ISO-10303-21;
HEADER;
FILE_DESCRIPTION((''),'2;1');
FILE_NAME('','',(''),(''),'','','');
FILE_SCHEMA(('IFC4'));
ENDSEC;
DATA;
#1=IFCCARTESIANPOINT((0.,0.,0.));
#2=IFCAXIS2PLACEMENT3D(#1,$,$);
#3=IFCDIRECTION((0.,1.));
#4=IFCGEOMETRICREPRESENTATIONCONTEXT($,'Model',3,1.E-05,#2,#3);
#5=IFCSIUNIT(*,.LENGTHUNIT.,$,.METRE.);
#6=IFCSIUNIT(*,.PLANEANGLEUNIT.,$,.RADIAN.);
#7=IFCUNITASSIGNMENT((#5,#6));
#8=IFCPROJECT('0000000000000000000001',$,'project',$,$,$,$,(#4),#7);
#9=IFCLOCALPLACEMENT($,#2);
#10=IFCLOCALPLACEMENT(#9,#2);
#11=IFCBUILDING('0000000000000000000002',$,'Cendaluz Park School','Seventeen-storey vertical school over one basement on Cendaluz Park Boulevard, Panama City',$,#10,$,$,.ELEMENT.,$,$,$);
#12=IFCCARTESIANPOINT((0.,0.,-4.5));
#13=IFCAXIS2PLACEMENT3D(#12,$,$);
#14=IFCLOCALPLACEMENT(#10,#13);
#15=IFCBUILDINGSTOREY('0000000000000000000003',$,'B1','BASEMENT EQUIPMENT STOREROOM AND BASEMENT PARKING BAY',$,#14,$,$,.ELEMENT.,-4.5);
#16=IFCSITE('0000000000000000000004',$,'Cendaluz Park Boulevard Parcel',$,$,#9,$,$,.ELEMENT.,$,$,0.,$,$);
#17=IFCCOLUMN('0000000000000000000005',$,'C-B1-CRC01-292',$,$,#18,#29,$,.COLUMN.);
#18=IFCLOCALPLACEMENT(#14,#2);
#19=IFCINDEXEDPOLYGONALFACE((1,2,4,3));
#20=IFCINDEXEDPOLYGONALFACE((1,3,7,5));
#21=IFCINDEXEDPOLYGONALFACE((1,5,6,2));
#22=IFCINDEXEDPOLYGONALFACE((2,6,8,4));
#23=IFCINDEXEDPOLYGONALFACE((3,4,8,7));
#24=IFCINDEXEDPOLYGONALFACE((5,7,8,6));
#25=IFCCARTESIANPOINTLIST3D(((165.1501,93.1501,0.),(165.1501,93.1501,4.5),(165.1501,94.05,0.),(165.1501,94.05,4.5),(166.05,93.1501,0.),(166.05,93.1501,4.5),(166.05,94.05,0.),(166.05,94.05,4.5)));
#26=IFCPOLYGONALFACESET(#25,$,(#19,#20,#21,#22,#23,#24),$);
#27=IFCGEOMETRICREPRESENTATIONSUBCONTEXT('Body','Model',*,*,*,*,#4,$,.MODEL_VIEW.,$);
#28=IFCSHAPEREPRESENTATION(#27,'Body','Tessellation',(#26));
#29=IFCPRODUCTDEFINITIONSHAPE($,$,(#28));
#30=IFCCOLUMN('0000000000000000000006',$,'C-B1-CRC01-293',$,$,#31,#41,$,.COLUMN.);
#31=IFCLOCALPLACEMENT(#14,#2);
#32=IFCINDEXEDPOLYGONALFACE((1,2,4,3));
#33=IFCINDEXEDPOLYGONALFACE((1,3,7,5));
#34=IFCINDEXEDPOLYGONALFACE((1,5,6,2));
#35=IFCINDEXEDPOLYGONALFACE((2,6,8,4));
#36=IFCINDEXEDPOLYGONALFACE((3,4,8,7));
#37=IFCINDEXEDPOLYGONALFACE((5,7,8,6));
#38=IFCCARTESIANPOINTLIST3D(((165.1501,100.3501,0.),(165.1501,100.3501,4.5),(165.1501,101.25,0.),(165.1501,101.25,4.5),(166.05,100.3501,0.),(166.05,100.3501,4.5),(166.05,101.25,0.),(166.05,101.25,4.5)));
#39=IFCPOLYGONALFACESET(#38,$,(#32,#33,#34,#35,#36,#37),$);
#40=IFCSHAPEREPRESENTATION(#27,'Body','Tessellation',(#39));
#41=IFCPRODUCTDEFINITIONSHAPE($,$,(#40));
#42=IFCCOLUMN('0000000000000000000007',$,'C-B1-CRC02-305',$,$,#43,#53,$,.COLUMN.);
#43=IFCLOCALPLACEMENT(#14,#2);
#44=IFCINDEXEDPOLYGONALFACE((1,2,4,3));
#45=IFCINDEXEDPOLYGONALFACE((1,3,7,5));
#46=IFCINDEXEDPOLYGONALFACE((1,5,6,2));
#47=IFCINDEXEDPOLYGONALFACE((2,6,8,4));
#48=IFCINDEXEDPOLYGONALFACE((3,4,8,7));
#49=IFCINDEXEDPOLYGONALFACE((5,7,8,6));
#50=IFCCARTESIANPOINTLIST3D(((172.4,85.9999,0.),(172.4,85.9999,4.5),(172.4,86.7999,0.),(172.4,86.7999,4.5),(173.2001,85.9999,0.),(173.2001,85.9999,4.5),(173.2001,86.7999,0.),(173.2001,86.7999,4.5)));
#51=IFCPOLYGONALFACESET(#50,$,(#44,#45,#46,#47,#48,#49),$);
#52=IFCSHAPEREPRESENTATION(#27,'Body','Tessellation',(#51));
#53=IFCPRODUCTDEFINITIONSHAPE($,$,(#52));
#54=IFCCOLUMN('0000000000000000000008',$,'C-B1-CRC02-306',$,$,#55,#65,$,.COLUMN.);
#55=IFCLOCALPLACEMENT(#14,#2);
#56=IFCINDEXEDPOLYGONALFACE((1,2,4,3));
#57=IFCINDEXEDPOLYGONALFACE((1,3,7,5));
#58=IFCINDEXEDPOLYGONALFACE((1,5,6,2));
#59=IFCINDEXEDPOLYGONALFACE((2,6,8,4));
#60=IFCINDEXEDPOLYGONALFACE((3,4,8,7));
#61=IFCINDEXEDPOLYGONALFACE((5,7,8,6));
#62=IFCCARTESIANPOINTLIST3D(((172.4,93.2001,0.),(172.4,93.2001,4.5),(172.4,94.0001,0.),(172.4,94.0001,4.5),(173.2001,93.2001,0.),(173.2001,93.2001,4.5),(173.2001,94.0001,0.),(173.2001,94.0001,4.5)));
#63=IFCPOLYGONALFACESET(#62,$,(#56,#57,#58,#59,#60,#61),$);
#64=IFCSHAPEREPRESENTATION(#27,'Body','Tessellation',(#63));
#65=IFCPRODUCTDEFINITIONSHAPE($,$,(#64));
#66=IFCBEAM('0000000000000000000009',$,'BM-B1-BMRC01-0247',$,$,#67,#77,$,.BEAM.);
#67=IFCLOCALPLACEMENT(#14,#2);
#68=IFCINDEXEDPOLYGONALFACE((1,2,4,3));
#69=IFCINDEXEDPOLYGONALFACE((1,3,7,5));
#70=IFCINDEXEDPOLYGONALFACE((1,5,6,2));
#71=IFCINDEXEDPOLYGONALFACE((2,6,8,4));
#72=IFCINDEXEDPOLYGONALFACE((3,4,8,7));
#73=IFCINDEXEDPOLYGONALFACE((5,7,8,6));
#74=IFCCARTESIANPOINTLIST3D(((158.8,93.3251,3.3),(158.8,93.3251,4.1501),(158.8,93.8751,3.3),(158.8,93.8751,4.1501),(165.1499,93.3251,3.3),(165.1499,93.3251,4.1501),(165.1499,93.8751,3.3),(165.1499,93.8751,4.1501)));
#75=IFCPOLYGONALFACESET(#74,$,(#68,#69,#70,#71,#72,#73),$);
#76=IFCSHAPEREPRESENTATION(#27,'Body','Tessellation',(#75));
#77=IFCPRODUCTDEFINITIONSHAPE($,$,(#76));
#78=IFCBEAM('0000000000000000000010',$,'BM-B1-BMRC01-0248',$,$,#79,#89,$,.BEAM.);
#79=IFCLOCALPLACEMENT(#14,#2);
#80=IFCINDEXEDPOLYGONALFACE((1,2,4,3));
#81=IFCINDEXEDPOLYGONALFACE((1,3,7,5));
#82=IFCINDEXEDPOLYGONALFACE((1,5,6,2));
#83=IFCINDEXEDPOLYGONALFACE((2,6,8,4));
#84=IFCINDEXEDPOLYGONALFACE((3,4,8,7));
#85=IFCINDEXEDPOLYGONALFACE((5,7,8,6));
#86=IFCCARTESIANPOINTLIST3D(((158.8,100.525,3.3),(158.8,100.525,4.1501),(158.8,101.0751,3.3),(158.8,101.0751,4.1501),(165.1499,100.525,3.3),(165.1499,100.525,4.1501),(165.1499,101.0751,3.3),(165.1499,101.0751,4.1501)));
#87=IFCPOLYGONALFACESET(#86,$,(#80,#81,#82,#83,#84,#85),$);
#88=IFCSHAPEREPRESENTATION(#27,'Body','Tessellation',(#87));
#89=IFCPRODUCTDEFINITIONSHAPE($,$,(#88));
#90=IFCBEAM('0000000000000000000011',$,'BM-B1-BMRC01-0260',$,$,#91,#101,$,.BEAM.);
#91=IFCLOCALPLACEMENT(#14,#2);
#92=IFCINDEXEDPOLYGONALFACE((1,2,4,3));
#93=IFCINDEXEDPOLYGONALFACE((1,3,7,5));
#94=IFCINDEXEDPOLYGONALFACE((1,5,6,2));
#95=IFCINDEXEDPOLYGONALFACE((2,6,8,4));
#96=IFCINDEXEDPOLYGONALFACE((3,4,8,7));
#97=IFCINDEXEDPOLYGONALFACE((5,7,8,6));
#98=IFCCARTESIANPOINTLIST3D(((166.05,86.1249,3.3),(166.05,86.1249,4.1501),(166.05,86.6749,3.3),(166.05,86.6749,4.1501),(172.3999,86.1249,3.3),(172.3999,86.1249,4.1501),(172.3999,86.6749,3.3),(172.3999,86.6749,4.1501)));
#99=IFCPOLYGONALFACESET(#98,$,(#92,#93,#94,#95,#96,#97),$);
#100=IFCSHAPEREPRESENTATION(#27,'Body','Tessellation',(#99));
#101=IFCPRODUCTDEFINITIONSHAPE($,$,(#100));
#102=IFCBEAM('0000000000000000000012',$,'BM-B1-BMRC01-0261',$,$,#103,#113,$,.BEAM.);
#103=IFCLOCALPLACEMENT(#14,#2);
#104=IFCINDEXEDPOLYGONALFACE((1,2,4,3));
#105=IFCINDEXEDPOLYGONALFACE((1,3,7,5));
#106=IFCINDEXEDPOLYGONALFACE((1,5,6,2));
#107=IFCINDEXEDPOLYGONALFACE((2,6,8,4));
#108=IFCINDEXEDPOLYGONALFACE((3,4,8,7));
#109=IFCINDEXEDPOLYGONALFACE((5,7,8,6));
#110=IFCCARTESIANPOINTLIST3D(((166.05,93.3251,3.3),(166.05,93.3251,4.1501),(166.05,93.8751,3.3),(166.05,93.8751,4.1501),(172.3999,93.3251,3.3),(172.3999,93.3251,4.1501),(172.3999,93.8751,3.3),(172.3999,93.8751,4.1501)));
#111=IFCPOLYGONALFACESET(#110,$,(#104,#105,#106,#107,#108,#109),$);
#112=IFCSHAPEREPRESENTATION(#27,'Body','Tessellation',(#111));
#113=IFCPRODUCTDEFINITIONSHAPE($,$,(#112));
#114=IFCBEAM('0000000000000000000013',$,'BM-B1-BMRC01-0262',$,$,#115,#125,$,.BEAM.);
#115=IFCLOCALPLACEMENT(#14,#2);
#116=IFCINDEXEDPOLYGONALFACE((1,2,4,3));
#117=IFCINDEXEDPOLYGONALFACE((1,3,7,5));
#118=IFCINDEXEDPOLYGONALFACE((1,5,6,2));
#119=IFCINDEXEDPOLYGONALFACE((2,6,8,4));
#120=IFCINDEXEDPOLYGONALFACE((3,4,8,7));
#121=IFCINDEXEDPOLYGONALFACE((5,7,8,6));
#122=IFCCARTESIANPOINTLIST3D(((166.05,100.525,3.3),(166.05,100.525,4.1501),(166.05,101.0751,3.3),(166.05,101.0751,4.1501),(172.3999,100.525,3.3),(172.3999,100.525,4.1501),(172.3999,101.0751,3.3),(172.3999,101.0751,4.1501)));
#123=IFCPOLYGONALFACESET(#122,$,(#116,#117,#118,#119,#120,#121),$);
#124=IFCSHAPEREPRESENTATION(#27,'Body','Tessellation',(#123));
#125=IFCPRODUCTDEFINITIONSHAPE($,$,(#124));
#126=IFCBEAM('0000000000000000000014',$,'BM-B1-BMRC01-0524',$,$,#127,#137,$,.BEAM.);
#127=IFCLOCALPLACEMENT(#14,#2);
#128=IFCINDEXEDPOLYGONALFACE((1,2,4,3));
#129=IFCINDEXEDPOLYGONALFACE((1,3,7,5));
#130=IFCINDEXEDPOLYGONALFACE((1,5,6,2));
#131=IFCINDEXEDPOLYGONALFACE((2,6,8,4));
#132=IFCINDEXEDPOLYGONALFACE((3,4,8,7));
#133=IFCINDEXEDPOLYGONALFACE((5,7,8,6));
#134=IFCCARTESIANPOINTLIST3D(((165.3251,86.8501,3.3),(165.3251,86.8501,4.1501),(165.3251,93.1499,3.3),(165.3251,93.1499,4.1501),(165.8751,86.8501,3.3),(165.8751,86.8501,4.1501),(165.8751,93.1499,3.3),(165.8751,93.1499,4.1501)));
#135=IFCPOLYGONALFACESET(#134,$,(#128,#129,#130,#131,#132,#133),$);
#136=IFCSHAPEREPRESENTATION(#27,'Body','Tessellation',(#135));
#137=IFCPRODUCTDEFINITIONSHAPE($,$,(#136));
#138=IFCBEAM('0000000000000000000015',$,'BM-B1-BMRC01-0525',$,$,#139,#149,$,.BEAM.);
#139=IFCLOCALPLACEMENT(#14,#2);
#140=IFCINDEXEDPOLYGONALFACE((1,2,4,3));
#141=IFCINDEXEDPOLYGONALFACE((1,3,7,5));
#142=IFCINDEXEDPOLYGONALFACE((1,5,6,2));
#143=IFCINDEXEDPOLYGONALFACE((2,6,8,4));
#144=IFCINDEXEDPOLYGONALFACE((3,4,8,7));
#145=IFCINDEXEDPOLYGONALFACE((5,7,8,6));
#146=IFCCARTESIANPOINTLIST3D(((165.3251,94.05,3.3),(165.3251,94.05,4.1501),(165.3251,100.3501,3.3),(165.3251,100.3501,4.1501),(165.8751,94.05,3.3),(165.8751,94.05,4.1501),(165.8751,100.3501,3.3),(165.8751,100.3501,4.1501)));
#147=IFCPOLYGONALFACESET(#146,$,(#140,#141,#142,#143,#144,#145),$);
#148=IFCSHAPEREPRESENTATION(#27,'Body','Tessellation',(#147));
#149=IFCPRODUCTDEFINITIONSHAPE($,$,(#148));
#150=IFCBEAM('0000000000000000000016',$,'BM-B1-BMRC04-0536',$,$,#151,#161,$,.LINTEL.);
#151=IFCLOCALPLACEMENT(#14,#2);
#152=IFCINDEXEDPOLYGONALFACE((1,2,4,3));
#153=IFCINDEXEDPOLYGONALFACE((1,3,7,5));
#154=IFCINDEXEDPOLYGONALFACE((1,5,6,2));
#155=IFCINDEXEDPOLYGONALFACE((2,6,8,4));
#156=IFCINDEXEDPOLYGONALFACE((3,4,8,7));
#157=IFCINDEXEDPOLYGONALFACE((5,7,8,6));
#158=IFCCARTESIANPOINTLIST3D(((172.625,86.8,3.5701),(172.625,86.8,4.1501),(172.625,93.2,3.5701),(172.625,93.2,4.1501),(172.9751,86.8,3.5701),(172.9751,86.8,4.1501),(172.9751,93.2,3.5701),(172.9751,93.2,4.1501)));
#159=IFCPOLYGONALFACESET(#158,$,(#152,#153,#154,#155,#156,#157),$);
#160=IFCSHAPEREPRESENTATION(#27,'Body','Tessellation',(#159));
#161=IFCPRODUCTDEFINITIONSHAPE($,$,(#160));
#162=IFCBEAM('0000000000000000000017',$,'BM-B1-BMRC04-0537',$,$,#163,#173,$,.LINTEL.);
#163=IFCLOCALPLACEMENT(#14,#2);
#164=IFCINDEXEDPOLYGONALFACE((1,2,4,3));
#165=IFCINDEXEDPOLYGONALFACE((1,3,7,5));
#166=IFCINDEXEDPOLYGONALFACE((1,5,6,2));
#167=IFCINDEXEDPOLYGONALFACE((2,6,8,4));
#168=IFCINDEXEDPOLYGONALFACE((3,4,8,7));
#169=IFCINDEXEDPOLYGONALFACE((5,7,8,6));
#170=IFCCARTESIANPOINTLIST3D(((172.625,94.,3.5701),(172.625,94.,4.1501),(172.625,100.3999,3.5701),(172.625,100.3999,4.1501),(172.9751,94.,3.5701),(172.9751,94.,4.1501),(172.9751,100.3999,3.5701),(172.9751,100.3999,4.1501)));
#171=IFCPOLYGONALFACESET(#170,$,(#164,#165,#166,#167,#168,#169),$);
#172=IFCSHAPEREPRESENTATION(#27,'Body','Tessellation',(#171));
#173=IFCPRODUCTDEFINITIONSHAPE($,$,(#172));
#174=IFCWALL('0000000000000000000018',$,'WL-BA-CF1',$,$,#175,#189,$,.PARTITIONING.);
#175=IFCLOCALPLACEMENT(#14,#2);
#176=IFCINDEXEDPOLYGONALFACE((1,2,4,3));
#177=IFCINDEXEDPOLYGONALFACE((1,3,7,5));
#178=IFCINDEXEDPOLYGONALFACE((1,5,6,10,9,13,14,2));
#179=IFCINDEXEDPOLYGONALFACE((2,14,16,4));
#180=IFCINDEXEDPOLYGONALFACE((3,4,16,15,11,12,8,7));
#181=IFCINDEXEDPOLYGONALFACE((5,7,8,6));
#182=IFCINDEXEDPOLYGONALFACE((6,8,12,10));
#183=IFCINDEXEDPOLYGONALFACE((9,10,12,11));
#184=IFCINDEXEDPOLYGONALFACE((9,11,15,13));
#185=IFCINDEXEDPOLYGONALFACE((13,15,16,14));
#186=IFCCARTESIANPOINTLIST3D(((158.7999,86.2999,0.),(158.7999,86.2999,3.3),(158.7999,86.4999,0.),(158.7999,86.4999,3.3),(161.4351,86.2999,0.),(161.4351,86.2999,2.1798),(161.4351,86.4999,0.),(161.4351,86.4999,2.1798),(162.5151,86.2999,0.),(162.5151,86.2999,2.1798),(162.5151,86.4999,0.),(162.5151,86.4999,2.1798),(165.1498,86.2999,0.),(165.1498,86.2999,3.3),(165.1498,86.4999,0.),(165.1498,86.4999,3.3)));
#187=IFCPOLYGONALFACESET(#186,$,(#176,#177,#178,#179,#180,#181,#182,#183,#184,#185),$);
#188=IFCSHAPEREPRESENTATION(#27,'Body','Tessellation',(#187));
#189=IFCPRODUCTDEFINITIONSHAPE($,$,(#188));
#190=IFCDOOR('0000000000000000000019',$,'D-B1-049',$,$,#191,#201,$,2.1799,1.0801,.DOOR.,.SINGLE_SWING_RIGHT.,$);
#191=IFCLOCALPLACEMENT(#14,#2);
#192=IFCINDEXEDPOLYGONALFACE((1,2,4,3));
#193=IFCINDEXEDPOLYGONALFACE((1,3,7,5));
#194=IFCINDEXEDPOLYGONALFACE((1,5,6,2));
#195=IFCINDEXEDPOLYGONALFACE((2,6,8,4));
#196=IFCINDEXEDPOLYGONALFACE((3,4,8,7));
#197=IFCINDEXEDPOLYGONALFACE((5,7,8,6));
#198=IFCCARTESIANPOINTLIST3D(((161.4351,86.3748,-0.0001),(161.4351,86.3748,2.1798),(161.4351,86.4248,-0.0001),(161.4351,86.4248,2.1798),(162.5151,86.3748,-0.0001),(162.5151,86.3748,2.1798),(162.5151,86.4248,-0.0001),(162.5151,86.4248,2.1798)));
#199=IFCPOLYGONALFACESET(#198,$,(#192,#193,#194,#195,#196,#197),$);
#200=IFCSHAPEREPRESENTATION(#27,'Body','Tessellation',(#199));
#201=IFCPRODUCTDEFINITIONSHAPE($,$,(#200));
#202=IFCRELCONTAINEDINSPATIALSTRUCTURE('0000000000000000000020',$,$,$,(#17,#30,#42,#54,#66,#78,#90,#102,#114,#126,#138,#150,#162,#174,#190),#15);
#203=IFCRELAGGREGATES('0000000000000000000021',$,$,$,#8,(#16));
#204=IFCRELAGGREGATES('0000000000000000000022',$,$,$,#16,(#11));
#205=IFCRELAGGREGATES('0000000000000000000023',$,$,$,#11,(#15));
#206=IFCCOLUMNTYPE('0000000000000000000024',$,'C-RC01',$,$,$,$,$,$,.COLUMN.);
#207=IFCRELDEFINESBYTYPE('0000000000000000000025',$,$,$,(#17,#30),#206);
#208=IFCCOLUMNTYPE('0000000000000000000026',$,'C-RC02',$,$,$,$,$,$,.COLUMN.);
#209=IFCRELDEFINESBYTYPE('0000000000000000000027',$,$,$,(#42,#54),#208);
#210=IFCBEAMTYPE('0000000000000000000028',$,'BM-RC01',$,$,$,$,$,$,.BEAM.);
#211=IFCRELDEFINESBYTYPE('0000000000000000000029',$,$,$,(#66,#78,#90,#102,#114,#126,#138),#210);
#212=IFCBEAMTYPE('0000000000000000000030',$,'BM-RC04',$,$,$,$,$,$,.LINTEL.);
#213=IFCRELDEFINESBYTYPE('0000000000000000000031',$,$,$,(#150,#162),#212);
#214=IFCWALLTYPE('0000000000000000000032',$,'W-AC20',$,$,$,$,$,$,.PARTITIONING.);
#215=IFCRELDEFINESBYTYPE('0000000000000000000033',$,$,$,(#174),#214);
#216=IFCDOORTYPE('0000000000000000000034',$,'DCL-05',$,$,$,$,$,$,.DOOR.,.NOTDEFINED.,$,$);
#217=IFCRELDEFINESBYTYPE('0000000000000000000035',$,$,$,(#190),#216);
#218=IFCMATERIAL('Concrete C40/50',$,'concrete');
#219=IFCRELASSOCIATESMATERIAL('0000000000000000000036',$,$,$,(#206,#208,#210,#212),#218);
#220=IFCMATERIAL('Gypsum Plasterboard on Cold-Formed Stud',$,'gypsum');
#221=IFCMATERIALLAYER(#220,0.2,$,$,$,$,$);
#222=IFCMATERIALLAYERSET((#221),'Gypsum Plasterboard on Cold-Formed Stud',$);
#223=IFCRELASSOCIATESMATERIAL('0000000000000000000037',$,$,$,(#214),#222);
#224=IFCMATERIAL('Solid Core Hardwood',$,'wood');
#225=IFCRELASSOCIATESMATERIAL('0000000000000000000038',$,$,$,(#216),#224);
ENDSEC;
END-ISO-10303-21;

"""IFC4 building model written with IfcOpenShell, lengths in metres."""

from ifc_helpers import new_model, si_unit, direction, frame, frame_2d, origin, origin_2d, place, context, subcontext, project, spatial, rectangle, extrude, material, layer, layer_set, material_profile, profile_set, type_object, element, fill, save


model = new_model("IFC4")

# Units and contexts
model_context = context("Model", 3, precision=1e-05, world=origin(), true_north=direction((0.0, 1.0)))
body_context = subcontext(model_context, "Body", "Model", "MODEL_VIEW")
ifc_project = project(units=[si_unit("LENGTHUNIT", "METRE"), si_unit("PLANEANGLEUNIT", "RADIAN")], contexts=[model_context])

# Site, building, storey
site_placement = place(None, origin())
site = spatial("IfcSite", under=ifc_project, at=site_placement, Name="Cendaluz Park Boulevard Parcel", CompositionType="ELEMENT", RefElevation=0.0)
building_placement = place(site_placement, origin())
building = spatial("IfcBuilding", under=site, at=building_placement, Name="Cendaluz Park School", Description="Seventeen-storey vertical school over one basement on Cendaluz Park Boulevard, Panama City", CompositionType="ELEMENT")
storey_placement = place(building_placement, frame((0.0, 0.0, -4.5)))
storey = spatial("IfcBuildingStorey", under=building, at=storey_placement, Name="B1", Description="BASEMENT EQUIPMENT STOREROOM AND BASEMENT PARKING BAY", CompositionType="ELEMENT", Elevation=-4.5)

# Shared definitions
ifc_material_1 = material(Name="Concrete C40/50", Category="concrete")

# Columns
ifc_material_profile_1 = material_profile(ifc_material_1, rectangle(XDim=0.8999, YDim=0.8999, at=origin_2d()), Name="RC 900x900", Category="concrete")
ifc_profile_set_1 = profile_set([ifc_material_profile_1], Name="Concrete C40/50")
column_type_1 = type_object("IfcColumnType", Name="C-RC01", PredefinedType="COLUMN", material=ifc_profile_set_1)
for number, where, z_axis, x_axis, name in (
    (1, (165.6001, 93.6001, 0.0), (0.0, 0.0, 1.0), (1.0, 0.0, 0.0), "C-B1-CRC01-292"),
    (2, (165.6001, 100.8, 0.0), (0.0, 0.0, 1.0), (1.0, 0.0, 0.0), "C-B1-CRC01-293"),
):
    element("IfcColumn", number, at=place(storey_placement, frame(where, z_axis=z_axis, x_axis=x_axis)), inside=storey, type_object=column_type_1, Name=name, PredefinedType="COLUMN", context=body_context, shape_type="SweptSolid", body=[
        extrude(rectangle(XDim=0.8999, YDim=0.8999, at=origin_2d()), origin(), (0.0, 0.0, 1.0), 4.5),
    ])
ifc_material_profile_2 = material_profile(ifc_material_1, rectangle(XDim=0.8, YDim=0.8, at=origin_2d()), Name="RC 800x800", Category="concrete")
ifc_profile_set_2 = profile_set([ifc_material_profile_2], Name="Concrete C40/50")
column_type_2 = type_object("IfcColumnType", Name="C-RC02", PredefinedType="COLUMN", material=ifc_profile_set_2)
for number, where, z_axis, x_axis, name in (
    (3, (172.8, 86.3999, 0.0), (0.0, 0.0, 1.0), (1.0, 0.0, 0.0), "C-B1-CRC02-305"),
    (4, (172.8, 93.6001, 0.0), (0.0, 0.0, 1.0), (1.0, 0.0, 0.0), "C-B1-CRC02-306"),
):
    element("IfcColumn", number, at=place(storey_placement, frame(where, z_axis=z_axis, x_axis=x_axis)), inside=storey, type_object=column_type_2, Name=name, PredefinedType="COLUMN", context=body_context, shape_type="SweptSolid", body=[
        extrude(rectangle(XDim=0.8, YDim=0.8, at=origin_2d()), origin(), (0.0, 0.0, 1.0), 4.5),
    ])

# Beams
ifc_material_profile_3 = material_profile(ifc_material_1, rectangle(XDim=0.55, YDim=0.8501, at=origin_2d()), Name="RC 550x850", Category="concrete")
ifc_profile_set_3 = profile_set([ifc_material_profile_3], Name="Concrete C40/50")
beam_type_1 = type_object("IfcBeamType", Name="BM-RC01", PredefinedType="BEAM", material=ifc_profile_set_3)
for number, where, z_axis, x_axis, name in (
    (5, (158.8, 93.6001, 3.7251), (1.0, 0.0, 0.0), (0.0, 1.0, 0.0), "BM-B1-BMRC01-0247"),
    (6, (158.8, 100.8, 3.7251), (1.0, 0.0, 0.0), (0.0, 1.0, 0.0), "BM-B1-BMRC01-0248"),
    (7, (166.05, 86.3999, 3.7251), (1.0, 0.0, 0.0), (0.0, 1.0, 0.0), "BM-B1-BMRC01-0260"),
    (8, (166.05, 93.6001, 3.7251), (1.0, 0.0, 0.0), (0.0, 1.0, 0.0), "BM-B1-BMRC01-0261"),
    (9, (166.05, 100.8, 3.7251), (1.0, 0.0, 0.0), (0.0, 1.0, 0.0), "BM-B1-BMRC01-0262"),
):
    element("IfcBeam", number, at=place(storey_placement, frame(where, z_axis=z_axis, x_axis=x_axis)), inside=storey, type_object=beam_type_1, Name=name, PredefinedType="BEAM", context=body_context, shape_type="SweptSolid", body=[
        extrude(rectangle(XDim=0.55, YDim=0.8501, at=origin_2d()), origin(), (0.0, 0.0, 1.0), 6.3499),
    ])
beam_1_placement = place(storey_placement, frame((165.6001, 86.8501, 3.7251), z_axis=(0.0, 1.0, 0.0), x_axis=(-1.0, 0.0, 0.0)))
element("IfcBeam", 10, at=beam_1_placement, inside=storey, type_object=beam_type_1, Name="BM-B1-BMRC01-0524", PredefinedType="BEAM", context=body_context, shape_type="SweptSolid", body=[
    extrude(rectangle(XDim=0.55, YDim=0.8501, at=origin_2d()), origin(), (0.0, 0.0, 1.0), 6.2998),
])
beam_2_placement = place(storey_placement, frame((165.6001, 94.05, 3.7251), z_axis=(0.0, 1.0, 0.0), x_axis=(-1.0, 0.0, 0.0)))
element("IfcBeam", 11, at=beam_2_placement, inside=storey, type_object=beam_type_1, Name="BM-B1-BMRC01-0525", PredefinedType="BEAM", context=body_context, shape_type="SweptSolid", body=[
    extrude(rectangle(XDim=0.55, YDim=0.8501, at=origin_2d()), origin(), (0.0, 0.0, 1.0), 6.3),
])
ifc_material_profile_4 = material_profile(ifc_material_1, rectangle(XDim=0.3501, YDim=0.5801, at=origin_2d()), Name="RC 350x580", Category="concrete")
ifc_profile_set_4 = profile_set([ifc_material_profile_4], Name="Concrete C40/50")
beam_type_2 = type_object("IfcBeamType", Name="BM-RC04", PredefinedType="LINTEL", material=ifc_profile_set_4)
for number, where, z_axis, x_axis, name in (
    (12, (172.8, 86.8, 3.8601), (0.0, 1.0, 0.0), (-1.0, 0.0, 0.0), "BM-B1-BMRC04-0536"),
    (13, (172.8, 94.0, 3.8601), (0.0, 1.0, 0.0), (-1.0, 0.0, 0.0), "BM-B1-BMRC04-0537"),
):
    element("IfcBeam", number, at=place(storey_placement, frame(where, z_axis=z_axis, x_axis=x_axis)), inside=storey, type_object=beam_type_2, Name=name, PredefinedType="LINTEL", context=body_context, shape_type="SweptSolid", body=[
        extrude(rectangle(XDim=0.3501, YDim=0.5801, at=origin_2d()), origin(), (0.0, 0.0, 1.0), 6.3999),
    ])

# Wall, opening, door
ifc_material_2 = material(Name="Gypsum Plasterboard on Cold-Formed Stud", Category="gypsum")
ifc_layer_1 = layer(ifc_material_2, 0.2)
ifc_layer_set_1 = layer_set([ifc_layer_1], Name="Gypsum Plasterboard on Cold-Formed Stud")
wall_type_1 = type_object("IfcWallType", Name="W-AC20", PredefinedType="PARTITIONING", material=ifc_layer_set_1)
wall_1_placement = place(storey_placement, frame((158.8, 86.3999, 0.0), z_axis=(0.0, 0.0, 1.0), x_axis=(1.0, 0.0, 0.0)))
wall_1 = element("IfcWall", 14, at=wall_1_placement, inside=storey, type_object=wall_type_1, Name="WL-BA-CF1", PredefinedType="PARTITIONING", context=body_context, shape_type="SweptSolid", body=[
    extrude(rectangle(XDim=6.3499, YDim=0.2, at=frame_2d((3.1748, 0.0))), origin(), (0.0, 0.0, 1.0), 3.3),
])
opening_1_placement = place(wall_1_placement, frame((2.635, 0.0, 0.0)))
opening_1 = element("IfcOpeningElement", 15, at=opening_1_placement, cuts=wall_1, PredefinedType="OPENING", context=body_context, shape_type="SweptSolid", body=[
    extrude(rectangle(XDim=1.0801, YDim=2.1799, at=frame_2d((0.54, 1.0898))), frame((0.0, 0.1121, 0.0), z_axis=(0.0, -1.0, 0.0), x_axis=(1.0, 0.0, 0.0)), (0.0, 0.0, 1.0), 0.2239),
])
ifc_material_3 = material(Name="Solid Core Hardwood", Category="wood")
door_type_1 = type_object("IfcDoorType", Name="DCL-05", OperationType="NOTDEFINED", PredefinedType="DOOR", material=ifc_material_3)
door_1_placement = place(opening_1_placement, origin())
door_1 = element("IfcDoor", 16, at=door_1_placement, inside=storey, type_object=door_type_1, Name="D-B1-049", OperationType="SINGLE_SWING_RIGHT", OverallHeight=2.1799, OverallWidth=1.0801, PredefinedType="DOOR", context=body_context, shape_type="SweptSolid", body=[
    extrude(rectangle(XDim=1.0801, YDim=2.1799, at=frame_2d((0.54, 1.0898))), frame((0.0, 0.0249, 0.0), z_axis=(0.0, -1.0, 0.0), x_axis=(1.0, 0.0, 0.0)), (0.0, 0.0, 1.0), 0.05),
])
fill(opening_1, door_1)

save(model, "model.ifc")
